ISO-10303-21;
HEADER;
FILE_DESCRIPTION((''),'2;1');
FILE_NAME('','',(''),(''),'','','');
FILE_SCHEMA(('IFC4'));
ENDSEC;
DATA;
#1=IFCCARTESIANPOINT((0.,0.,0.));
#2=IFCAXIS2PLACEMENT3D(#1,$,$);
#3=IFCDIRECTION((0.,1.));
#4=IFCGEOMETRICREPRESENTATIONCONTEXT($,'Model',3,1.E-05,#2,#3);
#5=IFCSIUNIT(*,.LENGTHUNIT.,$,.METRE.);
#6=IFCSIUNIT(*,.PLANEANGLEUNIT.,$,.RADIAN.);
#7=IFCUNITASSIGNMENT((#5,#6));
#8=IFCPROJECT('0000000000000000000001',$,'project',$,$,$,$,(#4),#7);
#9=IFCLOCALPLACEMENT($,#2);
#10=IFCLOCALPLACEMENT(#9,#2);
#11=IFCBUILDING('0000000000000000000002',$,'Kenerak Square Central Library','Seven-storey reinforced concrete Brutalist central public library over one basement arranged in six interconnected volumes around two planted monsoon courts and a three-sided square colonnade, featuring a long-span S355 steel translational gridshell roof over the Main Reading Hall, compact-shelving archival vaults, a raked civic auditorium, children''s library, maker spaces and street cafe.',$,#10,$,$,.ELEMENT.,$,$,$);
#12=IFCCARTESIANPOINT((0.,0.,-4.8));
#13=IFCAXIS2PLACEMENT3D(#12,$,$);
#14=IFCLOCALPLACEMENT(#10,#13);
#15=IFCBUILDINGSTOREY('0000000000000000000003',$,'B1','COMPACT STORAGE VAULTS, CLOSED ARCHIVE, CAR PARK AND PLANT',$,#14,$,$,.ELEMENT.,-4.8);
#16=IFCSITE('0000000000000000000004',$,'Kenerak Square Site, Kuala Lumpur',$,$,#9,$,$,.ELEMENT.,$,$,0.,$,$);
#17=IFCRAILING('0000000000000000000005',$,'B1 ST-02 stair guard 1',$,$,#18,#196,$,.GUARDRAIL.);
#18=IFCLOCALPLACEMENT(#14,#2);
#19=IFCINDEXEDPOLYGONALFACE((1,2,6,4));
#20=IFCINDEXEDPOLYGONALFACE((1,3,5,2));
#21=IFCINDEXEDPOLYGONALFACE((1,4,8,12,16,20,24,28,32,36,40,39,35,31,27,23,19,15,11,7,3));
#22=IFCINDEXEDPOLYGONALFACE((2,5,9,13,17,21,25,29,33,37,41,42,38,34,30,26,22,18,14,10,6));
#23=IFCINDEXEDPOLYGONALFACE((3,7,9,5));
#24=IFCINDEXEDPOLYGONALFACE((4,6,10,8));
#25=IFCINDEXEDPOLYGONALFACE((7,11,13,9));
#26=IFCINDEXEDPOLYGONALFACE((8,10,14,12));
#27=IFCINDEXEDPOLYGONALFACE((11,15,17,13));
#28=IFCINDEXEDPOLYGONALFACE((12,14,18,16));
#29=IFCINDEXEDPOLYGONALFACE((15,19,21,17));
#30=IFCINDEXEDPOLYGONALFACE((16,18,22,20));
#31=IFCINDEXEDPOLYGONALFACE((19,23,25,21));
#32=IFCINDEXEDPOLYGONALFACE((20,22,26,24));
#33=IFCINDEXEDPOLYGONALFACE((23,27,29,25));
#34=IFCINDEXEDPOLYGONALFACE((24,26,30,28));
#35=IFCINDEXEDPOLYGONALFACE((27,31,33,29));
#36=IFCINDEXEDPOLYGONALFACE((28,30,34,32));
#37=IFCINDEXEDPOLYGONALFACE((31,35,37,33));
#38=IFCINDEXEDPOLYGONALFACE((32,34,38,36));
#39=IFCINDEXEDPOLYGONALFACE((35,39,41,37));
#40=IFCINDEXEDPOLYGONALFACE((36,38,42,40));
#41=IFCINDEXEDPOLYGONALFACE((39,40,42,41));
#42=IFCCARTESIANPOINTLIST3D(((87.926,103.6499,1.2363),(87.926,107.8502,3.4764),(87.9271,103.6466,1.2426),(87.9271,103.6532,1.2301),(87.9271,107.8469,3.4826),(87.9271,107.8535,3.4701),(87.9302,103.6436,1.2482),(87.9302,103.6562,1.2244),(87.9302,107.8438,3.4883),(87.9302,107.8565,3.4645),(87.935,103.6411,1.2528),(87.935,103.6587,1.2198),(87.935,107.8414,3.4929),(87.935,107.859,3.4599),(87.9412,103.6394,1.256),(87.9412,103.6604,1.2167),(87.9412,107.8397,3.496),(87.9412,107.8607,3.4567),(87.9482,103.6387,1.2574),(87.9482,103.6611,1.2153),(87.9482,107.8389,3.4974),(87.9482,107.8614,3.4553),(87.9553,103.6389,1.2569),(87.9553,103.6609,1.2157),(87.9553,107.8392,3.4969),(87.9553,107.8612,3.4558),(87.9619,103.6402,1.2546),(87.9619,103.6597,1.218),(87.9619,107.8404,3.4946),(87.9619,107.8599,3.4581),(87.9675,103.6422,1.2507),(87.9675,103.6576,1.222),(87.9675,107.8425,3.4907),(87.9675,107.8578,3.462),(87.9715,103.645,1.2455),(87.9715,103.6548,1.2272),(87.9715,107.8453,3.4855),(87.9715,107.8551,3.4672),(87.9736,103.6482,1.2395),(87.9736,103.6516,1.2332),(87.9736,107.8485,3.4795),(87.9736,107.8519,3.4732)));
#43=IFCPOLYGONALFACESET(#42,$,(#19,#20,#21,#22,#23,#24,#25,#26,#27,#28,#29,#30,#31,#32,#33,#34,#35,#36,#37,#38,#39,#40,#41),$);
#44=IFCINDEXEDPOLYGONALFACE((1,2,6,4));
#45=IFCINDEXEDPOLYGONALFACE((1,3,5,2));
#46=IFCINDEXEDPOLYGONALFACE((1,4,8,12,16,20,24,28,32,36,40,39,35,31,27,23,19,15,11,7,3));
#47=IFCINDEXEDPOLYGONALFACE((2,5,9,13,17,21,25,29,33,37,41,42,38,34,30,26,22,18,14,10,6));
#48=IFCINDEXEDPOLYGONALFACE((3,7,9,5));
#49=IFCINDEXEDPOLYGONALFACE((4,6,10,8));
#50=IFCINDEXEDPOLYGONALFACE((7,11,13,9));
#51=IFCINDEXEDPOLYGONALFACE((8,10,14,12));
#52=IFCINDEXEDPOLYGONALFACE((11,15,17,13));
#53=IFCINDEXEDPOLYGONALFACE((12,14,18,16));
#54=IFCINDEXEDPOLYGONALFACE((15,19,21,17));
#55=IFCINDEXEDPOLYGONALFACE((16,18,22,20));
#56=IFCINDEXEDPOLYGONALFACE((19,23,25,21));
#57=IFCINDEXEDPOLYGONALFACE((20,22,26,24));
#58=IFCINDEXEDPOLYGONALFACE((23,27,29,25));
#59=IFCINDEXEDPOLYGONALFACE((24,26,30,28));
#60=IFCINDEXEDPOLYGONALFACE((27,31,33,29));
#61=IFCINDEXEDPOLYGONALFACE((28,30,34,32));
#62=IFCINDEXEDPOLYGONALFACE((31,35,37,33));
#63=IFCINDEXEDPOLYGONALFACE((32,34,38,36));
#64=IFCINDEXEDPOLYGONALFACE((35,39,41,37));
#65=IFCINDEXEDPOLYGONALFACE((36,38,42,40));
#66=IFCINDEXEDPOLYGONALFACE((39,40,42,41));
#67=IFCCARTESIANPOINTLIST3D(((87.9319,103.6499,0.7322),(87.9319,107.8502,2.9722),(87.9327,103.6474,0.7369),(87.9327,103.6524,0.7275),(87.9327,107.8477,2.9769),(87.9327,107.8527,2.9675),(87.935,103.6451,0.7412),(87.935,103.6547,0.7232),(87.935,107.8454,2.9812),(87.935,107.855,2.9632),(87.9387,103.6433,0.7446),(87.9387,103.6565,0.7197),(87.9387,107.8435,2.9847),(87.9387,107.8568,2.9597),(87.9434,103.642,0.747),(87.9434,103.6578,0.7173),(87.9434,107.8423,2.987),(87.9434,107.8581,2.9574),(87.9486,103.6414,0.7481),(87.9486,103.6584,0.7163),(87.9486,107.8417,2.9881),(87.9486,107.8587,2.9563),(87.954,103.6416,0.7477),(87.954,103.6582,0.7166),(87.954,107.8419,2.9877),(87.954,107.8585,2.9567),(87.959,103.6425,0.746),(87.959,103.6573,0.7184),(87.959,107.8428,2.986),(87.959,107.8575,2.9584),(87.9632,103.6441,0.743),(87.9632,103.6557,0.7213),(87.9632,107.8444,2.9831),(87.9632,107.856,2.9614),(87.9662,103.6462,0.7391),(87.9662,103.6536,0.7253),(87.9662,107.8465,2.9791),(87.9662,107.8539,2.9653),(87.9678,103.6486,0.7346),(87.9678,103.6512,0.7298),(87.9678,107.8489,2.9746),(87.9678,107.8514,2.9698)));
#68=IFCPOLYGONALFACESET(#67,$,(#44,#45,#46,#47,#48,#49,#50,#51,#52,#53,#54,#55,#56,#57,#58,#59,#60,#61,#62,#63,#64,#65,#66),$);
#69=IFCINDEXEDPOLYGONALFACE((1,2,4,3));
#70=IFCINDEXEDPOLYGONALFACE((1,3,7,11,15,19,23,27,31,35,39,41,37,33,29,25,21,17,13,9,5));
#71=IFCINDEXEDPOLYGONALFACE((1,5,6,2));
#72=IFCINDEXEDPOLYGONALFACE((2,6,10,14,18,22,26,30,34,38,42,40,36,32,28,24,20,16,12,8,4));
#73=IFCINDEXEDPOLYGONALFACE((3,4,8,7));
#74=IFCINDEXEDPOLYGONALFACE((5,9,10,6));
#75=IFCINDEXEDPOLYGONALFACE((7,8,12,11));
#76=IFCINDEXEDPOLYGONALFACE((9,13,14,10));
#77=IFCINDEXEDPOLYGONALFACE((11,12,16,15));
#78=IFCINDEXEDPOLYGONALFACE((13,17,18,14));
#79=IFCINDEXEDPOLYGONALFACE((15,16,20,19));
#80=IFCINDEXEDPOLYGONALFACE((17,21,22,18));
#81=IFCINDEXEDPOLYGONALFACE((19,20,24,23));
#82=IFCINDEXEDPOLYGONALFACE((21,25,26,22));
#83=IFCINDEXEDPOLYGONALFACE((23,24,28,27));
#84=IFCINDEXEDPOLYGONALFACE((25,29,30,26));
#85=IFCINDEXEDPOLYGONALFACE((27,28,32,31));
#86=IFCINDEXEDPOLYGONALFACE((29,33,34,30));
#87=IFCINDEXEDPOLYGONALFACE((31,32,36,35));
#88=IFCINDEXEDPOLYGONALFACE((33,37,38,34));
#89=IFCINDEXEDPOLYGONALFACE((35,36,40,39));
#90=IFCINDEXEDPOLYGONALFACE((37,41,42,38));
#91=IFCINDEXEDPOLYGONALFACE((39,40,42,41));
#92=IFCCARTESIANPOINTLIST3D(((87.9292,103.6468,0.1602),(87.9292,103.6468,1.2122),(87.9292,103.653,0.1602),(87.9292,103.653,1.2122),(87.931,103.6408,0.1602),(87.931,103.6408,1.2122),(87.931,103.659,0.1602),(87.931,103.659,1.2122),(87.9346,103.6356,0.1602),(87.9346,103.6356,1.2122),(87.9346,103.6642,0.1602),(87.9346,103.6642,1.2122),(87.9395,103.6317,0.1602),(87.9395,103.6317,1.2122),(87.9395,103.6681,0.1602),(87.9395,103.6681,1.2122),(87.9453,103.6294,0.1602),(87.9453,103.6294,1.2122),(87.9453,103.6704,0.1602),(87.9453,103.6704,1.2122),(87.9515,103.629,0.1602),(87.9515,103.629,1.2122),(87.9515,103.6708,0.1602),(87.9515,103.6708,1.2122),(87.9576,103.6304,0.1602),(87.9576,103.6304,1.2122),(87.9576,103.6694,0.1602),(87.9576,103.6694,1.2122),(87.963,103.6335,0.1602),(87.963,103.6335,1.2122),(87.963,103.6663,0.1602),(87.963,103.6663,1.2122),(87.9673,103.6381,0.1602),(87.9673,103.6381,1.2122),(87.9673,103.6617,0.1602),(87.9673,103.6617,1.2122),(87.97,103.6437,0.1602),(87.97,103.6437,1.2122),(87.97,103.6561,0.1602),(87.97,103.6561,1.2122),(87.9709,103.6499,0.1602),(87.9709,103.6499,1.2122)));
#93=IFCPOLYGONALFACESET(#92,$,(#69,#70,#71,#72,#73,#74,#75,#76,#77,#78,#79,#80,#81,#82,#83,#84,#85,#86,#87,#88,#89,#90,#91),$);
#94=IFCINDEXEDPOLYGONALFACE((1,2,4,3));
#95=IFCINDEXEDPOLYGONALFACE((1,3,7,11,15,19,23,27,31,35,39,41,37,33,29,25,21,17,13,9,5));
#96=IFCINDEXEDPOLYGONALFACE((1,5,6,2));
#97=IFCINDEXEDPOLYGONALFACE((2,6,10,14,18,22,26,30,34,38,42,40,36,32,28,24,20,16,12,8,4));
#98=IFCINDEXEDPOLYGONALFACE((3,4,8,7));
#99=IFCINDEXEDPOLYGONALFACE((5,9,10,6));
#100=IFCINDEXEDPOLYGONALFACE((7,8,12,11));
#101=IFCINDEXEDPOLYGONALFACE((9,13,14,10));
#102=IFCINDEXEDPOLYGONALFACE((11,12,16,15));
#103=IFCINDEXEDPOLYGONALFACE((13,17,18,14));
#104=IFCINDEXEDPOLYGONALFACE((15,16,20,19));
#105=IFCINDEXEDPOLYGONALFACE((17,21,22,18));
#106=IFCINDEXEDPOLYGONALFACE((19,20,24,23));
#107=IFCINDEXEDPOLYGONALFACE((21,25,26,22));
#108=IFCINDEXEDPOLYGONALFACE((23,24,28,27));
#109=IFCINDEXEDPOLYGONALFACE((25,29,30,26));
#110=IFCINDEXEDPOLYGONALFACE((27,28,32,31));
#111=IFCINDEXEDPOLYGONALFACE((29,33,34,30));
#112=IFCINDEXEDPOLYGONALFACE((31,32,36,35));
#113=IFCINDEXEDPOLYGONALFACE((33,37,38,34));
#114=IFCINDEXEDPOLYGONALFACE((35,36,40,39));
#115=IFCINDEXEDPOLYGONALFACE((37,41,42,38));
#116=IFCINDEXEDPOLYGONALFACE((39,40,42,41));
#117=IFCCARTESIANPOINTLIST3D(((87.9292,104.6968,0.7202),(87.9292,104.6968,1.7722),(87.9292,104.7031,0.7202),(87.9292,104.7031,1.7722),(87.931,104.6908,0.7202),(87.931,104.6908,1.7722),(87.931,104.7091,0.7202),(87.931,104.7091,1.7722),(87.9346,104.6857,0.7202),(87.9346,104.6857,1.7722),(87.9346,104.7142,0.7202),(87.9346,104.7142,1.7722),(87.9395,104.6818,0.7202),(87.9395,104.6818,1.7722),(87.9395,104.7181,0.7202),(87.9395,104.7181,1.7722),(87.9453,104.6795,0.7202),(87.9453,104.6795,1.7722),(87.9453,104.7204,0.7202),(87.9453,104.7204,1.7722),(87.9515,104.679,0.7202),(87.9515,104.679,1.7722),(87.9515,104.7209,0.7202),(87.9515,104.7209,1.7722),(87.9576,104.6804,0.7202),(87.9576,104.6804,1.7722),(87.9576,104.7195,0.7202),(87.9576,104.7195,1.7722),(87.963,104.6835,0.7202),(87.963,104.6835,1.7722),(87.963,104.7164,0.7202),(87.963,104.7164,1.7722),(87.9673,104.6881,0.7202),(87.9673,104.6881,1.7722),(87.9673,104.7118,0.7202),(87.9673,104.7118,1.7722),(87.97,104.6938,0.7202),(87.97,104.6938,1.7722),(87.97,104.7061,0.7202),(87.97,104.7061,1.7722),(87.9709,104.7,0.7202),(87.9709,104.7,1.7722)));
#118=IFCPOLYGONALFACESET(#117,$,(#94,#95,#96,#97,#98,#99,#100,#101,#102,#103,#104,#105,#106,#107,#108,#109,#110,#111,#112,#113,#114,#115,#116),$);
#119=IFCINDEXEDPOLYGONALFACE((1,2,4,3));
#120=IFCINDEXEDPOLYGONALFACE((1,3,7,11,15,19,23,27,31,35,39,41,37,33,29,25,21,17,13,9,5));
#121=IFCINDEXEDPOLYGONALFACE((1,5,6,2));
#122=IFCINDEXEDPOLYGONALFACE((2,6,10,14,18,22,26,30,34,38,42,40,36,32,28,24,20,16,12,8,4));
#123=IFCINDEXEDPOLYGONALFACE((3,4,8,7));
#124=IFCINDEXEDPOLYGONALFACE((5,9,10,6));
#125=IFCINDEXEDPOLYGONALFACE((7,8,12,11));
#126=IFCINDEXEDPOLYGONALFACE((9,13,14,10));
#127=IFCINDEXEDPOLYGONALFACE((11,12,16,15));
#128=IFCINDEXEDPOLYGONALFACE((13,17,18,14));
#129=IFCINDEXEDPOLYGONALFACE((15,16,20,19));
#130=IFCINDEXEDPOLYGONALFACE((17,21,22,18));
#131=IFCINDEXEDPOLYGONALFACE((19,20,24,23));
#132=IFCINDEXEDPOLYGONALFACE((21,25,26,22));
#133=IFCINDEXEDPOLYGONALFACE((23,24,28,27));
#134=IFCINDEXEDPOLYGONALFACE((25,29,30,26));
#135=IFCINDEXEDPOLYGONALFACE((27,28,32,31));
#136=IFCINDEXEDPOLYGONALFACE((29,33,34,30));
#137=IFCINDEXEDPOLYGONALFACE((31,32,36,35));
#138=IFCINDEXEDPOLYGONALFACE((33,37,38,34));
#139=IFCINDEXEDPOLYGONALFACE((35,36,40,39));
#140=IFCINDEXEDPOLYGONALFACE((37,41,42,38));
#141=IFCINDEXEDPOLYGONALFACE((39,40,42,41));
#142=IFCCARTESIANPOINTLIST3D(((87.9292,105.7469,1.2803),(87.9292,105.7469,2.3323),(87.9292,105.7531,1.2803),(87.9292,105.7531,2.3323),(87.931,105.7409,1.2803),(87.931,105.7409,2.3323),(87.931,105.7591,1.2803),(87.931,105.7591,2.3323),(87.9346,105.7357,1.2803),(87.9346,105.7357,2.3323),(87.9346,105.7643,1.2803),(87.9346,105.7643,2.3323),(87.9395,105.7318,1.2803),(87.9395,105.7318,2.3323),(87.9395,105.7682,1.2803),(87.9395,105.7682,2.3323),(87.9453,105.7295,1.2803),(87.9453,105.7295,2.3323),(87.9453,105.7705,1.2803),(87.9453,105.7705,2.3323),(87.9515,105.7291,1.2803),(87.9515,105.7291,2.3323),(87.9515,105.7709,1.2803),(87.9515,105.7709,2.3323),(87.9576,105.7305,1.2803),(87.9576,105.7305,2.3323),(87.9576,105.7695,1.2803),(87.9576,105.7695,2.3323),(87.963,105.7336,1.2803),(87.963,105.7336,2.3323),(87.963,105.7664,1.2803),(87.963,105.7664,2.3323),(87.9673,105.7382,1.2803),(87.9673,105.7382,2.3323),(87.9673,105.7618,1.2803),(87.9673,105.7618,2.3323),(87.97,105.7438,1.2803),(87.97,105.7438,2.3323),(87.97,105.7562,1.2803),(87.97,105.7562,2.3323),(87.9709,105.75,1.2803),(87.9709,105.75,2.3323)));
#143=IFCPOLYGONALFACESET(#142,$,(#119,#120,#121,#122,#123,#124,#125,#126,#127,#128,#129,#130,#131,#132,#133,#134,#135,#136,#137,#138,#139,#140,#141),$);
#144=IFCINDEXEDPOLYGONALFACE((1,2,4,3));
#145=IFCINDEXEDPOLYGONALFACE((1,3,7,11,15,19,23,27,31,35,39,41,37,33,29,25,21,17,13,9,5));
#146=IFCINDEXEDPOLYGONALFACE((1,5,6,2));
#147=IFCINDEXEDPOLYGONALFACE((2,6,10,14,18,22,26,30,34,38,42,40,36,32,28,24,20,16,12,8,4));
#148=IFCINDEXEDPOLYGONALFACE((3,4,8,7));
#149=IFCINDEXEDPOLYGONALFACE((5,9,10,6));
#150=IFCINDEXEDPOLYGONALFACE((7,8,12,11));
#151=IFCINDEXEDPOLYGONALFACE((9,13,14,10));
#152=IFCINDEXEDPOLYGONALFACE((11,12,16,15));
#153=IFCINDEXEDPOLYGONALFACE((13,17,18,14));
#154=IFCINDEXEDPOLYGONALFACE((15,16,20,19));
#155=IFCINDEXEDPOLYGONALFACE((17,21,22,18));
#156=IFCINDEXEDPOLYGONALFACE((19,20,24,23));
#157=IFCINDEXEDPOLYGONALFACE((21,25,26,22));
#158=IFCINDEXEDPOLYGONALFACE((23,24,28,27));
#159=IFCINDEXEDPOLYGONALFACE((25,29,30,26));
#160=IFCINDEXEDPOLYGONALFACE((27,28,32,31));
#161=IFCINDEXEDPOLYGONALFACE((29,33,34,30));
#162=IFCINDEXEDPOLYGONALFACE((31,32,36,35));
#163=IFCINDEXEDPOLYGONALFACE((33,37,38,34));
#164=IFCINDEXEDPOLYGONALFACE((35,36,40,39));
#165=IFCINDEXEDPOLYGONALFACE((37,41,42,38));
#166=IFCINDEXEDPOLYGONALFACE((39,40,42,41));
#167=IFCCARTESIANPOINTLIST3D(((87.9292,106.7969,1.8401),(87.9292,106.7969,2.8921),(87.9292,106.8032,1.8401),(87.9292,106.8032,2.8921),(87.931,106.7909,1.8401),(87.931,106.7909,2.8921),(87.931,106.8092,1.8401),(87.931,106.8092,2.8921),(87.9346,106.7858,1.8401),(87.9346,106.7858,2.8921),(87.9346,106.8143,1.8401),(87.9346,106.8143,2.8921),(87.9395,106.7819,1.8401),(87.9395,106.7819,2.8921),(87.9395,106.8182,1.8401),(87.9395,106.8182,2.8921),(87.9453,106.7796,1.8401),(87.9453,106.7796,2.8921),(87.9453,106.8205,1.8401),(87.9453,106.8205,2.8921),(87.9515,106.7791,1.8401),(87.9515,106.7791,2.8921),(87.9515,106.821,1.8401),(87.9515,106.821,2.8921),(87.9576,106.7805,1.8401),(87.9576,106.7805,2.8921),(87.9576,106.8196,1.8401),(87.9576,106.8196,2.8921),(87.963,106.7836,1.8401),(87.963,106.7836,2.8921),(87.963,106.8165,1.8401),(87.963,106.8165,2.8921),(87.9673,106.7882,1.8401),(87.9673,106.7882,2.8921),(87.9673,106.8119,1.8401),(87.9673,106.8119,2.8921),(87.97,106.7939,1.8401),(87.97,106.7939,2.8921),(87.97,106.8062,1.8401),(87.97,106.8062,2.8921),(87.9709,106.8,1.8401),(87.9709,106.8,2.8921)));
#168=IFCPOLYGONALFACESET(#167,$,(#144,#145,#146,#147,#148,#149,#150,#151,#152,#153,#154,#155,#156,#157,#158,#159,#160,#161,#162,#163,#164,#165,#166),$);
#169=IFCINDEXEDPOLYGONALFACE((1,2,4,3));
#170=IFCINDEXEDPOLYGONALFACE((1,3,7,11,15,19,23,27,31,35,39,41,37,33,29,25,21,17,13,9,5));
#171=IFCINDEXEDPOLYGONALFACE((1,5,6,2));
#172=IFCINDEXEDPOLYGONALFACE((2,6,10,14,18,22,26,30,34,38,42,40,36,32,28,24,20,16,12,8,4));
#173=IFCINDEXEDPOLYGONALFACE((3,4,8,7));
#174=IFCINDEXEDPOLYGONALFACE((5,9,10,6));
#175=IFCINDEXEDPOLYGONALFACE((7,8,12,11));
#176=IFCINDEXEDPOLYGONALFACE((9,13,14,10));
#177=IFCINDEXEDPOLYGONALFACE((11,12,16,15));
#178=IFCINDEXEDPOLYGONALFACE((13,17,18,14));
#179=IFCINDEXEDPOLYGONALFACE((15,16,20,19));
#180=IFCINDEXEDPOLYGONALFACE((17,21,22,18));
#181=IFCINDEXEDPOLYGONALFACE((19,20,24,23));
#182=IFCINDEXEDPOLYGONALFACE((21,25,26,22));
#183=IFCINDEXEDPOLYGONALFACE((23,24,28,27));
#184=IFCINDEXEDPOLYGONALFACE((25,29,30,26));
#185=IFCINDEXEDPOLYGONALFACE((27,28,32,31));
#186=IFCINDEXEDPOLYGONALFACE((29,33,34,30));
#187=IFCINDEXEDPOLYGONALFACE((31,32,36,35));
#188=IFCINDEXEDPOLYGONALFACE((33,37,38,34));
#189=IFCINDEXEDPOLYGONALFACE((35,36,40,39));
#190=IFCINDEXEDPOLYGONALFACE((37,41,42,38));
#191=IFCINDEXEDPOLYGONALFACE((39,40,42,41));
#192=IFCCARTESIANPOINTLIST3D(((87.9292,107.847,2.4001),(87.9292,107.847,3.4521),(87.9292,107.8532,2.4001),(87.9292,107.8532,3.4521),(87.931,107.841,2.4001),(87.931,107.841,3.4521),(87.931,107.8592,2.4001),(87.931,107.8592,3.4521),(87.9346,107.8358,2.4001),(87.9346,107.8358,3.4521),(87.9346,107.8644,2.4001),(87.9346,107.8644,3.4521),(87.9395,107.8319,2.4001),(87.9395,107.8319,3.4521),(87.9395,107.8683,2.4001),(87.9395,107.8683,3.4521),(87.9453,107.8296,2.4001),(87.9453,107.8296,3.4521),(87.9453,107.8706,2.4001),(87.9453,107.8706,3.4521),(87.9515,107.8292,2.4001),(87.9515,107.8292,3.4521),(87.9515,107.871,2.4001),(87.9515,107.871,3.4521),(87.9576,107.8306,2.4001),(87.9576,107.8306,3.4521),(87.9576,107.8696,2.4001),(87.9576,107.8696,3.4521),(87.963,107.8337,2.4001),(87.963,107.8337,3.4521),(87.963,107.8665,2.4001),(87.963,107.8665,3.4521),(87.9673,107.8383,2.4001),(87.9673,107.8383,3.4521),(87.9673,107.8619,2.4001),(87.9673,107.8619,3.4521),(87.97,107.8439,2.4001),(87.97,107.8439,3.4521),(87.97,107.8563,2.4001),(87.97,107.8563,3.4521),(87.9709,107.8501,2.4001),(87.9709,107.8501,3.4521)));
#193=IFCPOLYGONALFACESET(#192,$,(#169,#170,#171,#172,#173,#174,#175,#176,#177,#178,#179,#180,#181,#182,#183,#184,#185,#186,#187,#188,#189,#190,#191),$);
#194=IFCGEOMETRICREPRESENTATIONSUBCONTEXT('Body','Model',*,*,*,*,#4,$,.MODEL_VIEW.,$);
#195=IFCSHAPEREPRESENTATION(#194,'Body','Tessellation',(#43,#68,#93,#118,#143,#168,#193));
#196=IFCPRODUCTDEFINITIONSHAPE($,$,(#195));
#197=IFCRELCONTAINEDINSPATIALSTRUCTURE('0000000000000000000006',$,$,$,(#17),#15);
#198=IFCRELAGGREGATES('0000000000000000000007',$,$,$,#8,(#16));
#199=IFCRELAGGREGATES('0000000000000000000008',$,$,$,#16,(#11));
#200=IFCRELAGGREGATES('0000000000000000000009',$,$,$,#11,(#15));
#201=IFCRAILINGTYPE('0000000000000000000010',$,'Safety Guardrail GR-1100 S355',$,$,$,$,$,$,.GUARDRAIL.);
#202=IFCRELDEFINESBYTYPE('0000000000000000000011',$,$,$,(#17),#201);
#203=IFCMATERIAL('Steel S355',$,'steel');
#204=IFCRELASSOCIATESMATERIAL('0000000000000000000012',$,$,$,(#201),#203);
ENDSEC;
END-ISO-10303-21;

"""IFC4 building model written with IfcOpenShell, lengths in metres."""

from ifc_helpers import new_model, si_unit, direction, frame, origin, origin_2d, place, context, subcontext, project, spatial, circle, extrude, material, type_object, element, save


model = new_model("IFC4")

# Units and contexts
model_context = context("Model", 3, precision=1e-05, world=origin(), true_north=direction((0.0, 1.0)))
body_context = subcontext(model_context, "Body", "Model", "MODEL_VIEW")
ifc_project = project(units=[si_unit("LENGTHUNIT", "METRE"), si_unit("PLANEANGLEUNIT", "RADIAN")], contexts=[model_context])

# Site, building, storey
site_placement = place(None, origin())
site = spatial("IfcSite", under=ifc_project, at=site_placement, Name="Kenerak Square Site, Kuala Lumpur", CompositionType="ELEMENT", RefElevation=0.0)
building_placement = place(site_placement, origin())
building = spatial("IfcBuilding", under=site, at=building_placement, Name="Kenerak Square Central Library", Description="Seven-storey reinforced concrete Brutalist central public library over one basement arranged in six interconnected volumes around two planted monsoon courts and a three-sided square colonnade, featuring a long-span S355 steel translational gridshell roof over the Main Reading Hall, compact-shelving archival vaults, a raked civic auditorium, children's library, maker spaces and street cafe.", CompositionType="ELEMENT")
storey_placement = place(building_placement, frame((0.0, 0.0, -4.8)))
storey = spatial("IfcBuildingStorey", under=building, at=storey_placement, Name="B1", Description="COMPACT STORAGE VAULTS, CLOSED ARCHIVE, CAR PARK AND PLANT", CompositionType="ELEMENT", Elevation=-4.8)

# Shared definitions
ifc_material_1 = material(Name="Steel S355", Category="steel")

# Railing
railing_type_1 = type_object("IfcRailingType", Name="Safety Guardrail GR-1100 S355", PredefinedType="GUARDRAIL", material=ifc_material_1)
railing_1_placement = place(storey_placement, frame((87.95, 103.6499, 0.1602)))
element("IfcRailing", 1, at=railing_1_placement, inside=storey, type_object=railing_type_1, Name="B1 ST-02 stair guard 1", PredefinedType="GUARDRAIL", context=body_context, shape_type="SweptSolid", body=[
    extrude(circle(Radius=0.0239, at=origin_2d()), frame((0.0, 0.0, 1.0762), z_axis=(0.0, 0.882363, 0.47057), x_axis=(-1.0, 0.0, 0.0)), (0.0, 0.0, 1.0), 4.7603),
    extrude(circle(Radius=0.0181, at=origin_2d()), frame((0.0, 0.0, 0.572), z_axis=(0.0, 0.882363, 0.47057), x_axis=(-1.0, 0.0, 0.0)), (0.0, 0.0, 1.0), 4.7603),
    extrude(circle(Radius=0.021, at=origin_2d()), origin(), (0.0, 0.0, 1.0), 1.052),
    extrude(circle(Radius=0.021, at=origin_2d()), frame((0.0, 1.05, 0.5601)), (0.0, 0.0, 1.0), 1.052),
    extrude(circle(Radius=0.021, at=origin_2d()), frame((0.0, 2.1001, 1.1201)), (0.0, 0.0, 1.0), 1.052),
    extrude(circle(Radius=0.021, at=origin_2d()), frame((0.0, 3.1501, 1.6799)), (0.0, 0.0, 1.0), 1.052),
    extrude(circle(Radius=0.021, at=origin_2d()), frame((0.0, 4.2002, 2.24)), (0.0, 0.0, 1.0), 1.052),
])

save(model, "model.ifc")
